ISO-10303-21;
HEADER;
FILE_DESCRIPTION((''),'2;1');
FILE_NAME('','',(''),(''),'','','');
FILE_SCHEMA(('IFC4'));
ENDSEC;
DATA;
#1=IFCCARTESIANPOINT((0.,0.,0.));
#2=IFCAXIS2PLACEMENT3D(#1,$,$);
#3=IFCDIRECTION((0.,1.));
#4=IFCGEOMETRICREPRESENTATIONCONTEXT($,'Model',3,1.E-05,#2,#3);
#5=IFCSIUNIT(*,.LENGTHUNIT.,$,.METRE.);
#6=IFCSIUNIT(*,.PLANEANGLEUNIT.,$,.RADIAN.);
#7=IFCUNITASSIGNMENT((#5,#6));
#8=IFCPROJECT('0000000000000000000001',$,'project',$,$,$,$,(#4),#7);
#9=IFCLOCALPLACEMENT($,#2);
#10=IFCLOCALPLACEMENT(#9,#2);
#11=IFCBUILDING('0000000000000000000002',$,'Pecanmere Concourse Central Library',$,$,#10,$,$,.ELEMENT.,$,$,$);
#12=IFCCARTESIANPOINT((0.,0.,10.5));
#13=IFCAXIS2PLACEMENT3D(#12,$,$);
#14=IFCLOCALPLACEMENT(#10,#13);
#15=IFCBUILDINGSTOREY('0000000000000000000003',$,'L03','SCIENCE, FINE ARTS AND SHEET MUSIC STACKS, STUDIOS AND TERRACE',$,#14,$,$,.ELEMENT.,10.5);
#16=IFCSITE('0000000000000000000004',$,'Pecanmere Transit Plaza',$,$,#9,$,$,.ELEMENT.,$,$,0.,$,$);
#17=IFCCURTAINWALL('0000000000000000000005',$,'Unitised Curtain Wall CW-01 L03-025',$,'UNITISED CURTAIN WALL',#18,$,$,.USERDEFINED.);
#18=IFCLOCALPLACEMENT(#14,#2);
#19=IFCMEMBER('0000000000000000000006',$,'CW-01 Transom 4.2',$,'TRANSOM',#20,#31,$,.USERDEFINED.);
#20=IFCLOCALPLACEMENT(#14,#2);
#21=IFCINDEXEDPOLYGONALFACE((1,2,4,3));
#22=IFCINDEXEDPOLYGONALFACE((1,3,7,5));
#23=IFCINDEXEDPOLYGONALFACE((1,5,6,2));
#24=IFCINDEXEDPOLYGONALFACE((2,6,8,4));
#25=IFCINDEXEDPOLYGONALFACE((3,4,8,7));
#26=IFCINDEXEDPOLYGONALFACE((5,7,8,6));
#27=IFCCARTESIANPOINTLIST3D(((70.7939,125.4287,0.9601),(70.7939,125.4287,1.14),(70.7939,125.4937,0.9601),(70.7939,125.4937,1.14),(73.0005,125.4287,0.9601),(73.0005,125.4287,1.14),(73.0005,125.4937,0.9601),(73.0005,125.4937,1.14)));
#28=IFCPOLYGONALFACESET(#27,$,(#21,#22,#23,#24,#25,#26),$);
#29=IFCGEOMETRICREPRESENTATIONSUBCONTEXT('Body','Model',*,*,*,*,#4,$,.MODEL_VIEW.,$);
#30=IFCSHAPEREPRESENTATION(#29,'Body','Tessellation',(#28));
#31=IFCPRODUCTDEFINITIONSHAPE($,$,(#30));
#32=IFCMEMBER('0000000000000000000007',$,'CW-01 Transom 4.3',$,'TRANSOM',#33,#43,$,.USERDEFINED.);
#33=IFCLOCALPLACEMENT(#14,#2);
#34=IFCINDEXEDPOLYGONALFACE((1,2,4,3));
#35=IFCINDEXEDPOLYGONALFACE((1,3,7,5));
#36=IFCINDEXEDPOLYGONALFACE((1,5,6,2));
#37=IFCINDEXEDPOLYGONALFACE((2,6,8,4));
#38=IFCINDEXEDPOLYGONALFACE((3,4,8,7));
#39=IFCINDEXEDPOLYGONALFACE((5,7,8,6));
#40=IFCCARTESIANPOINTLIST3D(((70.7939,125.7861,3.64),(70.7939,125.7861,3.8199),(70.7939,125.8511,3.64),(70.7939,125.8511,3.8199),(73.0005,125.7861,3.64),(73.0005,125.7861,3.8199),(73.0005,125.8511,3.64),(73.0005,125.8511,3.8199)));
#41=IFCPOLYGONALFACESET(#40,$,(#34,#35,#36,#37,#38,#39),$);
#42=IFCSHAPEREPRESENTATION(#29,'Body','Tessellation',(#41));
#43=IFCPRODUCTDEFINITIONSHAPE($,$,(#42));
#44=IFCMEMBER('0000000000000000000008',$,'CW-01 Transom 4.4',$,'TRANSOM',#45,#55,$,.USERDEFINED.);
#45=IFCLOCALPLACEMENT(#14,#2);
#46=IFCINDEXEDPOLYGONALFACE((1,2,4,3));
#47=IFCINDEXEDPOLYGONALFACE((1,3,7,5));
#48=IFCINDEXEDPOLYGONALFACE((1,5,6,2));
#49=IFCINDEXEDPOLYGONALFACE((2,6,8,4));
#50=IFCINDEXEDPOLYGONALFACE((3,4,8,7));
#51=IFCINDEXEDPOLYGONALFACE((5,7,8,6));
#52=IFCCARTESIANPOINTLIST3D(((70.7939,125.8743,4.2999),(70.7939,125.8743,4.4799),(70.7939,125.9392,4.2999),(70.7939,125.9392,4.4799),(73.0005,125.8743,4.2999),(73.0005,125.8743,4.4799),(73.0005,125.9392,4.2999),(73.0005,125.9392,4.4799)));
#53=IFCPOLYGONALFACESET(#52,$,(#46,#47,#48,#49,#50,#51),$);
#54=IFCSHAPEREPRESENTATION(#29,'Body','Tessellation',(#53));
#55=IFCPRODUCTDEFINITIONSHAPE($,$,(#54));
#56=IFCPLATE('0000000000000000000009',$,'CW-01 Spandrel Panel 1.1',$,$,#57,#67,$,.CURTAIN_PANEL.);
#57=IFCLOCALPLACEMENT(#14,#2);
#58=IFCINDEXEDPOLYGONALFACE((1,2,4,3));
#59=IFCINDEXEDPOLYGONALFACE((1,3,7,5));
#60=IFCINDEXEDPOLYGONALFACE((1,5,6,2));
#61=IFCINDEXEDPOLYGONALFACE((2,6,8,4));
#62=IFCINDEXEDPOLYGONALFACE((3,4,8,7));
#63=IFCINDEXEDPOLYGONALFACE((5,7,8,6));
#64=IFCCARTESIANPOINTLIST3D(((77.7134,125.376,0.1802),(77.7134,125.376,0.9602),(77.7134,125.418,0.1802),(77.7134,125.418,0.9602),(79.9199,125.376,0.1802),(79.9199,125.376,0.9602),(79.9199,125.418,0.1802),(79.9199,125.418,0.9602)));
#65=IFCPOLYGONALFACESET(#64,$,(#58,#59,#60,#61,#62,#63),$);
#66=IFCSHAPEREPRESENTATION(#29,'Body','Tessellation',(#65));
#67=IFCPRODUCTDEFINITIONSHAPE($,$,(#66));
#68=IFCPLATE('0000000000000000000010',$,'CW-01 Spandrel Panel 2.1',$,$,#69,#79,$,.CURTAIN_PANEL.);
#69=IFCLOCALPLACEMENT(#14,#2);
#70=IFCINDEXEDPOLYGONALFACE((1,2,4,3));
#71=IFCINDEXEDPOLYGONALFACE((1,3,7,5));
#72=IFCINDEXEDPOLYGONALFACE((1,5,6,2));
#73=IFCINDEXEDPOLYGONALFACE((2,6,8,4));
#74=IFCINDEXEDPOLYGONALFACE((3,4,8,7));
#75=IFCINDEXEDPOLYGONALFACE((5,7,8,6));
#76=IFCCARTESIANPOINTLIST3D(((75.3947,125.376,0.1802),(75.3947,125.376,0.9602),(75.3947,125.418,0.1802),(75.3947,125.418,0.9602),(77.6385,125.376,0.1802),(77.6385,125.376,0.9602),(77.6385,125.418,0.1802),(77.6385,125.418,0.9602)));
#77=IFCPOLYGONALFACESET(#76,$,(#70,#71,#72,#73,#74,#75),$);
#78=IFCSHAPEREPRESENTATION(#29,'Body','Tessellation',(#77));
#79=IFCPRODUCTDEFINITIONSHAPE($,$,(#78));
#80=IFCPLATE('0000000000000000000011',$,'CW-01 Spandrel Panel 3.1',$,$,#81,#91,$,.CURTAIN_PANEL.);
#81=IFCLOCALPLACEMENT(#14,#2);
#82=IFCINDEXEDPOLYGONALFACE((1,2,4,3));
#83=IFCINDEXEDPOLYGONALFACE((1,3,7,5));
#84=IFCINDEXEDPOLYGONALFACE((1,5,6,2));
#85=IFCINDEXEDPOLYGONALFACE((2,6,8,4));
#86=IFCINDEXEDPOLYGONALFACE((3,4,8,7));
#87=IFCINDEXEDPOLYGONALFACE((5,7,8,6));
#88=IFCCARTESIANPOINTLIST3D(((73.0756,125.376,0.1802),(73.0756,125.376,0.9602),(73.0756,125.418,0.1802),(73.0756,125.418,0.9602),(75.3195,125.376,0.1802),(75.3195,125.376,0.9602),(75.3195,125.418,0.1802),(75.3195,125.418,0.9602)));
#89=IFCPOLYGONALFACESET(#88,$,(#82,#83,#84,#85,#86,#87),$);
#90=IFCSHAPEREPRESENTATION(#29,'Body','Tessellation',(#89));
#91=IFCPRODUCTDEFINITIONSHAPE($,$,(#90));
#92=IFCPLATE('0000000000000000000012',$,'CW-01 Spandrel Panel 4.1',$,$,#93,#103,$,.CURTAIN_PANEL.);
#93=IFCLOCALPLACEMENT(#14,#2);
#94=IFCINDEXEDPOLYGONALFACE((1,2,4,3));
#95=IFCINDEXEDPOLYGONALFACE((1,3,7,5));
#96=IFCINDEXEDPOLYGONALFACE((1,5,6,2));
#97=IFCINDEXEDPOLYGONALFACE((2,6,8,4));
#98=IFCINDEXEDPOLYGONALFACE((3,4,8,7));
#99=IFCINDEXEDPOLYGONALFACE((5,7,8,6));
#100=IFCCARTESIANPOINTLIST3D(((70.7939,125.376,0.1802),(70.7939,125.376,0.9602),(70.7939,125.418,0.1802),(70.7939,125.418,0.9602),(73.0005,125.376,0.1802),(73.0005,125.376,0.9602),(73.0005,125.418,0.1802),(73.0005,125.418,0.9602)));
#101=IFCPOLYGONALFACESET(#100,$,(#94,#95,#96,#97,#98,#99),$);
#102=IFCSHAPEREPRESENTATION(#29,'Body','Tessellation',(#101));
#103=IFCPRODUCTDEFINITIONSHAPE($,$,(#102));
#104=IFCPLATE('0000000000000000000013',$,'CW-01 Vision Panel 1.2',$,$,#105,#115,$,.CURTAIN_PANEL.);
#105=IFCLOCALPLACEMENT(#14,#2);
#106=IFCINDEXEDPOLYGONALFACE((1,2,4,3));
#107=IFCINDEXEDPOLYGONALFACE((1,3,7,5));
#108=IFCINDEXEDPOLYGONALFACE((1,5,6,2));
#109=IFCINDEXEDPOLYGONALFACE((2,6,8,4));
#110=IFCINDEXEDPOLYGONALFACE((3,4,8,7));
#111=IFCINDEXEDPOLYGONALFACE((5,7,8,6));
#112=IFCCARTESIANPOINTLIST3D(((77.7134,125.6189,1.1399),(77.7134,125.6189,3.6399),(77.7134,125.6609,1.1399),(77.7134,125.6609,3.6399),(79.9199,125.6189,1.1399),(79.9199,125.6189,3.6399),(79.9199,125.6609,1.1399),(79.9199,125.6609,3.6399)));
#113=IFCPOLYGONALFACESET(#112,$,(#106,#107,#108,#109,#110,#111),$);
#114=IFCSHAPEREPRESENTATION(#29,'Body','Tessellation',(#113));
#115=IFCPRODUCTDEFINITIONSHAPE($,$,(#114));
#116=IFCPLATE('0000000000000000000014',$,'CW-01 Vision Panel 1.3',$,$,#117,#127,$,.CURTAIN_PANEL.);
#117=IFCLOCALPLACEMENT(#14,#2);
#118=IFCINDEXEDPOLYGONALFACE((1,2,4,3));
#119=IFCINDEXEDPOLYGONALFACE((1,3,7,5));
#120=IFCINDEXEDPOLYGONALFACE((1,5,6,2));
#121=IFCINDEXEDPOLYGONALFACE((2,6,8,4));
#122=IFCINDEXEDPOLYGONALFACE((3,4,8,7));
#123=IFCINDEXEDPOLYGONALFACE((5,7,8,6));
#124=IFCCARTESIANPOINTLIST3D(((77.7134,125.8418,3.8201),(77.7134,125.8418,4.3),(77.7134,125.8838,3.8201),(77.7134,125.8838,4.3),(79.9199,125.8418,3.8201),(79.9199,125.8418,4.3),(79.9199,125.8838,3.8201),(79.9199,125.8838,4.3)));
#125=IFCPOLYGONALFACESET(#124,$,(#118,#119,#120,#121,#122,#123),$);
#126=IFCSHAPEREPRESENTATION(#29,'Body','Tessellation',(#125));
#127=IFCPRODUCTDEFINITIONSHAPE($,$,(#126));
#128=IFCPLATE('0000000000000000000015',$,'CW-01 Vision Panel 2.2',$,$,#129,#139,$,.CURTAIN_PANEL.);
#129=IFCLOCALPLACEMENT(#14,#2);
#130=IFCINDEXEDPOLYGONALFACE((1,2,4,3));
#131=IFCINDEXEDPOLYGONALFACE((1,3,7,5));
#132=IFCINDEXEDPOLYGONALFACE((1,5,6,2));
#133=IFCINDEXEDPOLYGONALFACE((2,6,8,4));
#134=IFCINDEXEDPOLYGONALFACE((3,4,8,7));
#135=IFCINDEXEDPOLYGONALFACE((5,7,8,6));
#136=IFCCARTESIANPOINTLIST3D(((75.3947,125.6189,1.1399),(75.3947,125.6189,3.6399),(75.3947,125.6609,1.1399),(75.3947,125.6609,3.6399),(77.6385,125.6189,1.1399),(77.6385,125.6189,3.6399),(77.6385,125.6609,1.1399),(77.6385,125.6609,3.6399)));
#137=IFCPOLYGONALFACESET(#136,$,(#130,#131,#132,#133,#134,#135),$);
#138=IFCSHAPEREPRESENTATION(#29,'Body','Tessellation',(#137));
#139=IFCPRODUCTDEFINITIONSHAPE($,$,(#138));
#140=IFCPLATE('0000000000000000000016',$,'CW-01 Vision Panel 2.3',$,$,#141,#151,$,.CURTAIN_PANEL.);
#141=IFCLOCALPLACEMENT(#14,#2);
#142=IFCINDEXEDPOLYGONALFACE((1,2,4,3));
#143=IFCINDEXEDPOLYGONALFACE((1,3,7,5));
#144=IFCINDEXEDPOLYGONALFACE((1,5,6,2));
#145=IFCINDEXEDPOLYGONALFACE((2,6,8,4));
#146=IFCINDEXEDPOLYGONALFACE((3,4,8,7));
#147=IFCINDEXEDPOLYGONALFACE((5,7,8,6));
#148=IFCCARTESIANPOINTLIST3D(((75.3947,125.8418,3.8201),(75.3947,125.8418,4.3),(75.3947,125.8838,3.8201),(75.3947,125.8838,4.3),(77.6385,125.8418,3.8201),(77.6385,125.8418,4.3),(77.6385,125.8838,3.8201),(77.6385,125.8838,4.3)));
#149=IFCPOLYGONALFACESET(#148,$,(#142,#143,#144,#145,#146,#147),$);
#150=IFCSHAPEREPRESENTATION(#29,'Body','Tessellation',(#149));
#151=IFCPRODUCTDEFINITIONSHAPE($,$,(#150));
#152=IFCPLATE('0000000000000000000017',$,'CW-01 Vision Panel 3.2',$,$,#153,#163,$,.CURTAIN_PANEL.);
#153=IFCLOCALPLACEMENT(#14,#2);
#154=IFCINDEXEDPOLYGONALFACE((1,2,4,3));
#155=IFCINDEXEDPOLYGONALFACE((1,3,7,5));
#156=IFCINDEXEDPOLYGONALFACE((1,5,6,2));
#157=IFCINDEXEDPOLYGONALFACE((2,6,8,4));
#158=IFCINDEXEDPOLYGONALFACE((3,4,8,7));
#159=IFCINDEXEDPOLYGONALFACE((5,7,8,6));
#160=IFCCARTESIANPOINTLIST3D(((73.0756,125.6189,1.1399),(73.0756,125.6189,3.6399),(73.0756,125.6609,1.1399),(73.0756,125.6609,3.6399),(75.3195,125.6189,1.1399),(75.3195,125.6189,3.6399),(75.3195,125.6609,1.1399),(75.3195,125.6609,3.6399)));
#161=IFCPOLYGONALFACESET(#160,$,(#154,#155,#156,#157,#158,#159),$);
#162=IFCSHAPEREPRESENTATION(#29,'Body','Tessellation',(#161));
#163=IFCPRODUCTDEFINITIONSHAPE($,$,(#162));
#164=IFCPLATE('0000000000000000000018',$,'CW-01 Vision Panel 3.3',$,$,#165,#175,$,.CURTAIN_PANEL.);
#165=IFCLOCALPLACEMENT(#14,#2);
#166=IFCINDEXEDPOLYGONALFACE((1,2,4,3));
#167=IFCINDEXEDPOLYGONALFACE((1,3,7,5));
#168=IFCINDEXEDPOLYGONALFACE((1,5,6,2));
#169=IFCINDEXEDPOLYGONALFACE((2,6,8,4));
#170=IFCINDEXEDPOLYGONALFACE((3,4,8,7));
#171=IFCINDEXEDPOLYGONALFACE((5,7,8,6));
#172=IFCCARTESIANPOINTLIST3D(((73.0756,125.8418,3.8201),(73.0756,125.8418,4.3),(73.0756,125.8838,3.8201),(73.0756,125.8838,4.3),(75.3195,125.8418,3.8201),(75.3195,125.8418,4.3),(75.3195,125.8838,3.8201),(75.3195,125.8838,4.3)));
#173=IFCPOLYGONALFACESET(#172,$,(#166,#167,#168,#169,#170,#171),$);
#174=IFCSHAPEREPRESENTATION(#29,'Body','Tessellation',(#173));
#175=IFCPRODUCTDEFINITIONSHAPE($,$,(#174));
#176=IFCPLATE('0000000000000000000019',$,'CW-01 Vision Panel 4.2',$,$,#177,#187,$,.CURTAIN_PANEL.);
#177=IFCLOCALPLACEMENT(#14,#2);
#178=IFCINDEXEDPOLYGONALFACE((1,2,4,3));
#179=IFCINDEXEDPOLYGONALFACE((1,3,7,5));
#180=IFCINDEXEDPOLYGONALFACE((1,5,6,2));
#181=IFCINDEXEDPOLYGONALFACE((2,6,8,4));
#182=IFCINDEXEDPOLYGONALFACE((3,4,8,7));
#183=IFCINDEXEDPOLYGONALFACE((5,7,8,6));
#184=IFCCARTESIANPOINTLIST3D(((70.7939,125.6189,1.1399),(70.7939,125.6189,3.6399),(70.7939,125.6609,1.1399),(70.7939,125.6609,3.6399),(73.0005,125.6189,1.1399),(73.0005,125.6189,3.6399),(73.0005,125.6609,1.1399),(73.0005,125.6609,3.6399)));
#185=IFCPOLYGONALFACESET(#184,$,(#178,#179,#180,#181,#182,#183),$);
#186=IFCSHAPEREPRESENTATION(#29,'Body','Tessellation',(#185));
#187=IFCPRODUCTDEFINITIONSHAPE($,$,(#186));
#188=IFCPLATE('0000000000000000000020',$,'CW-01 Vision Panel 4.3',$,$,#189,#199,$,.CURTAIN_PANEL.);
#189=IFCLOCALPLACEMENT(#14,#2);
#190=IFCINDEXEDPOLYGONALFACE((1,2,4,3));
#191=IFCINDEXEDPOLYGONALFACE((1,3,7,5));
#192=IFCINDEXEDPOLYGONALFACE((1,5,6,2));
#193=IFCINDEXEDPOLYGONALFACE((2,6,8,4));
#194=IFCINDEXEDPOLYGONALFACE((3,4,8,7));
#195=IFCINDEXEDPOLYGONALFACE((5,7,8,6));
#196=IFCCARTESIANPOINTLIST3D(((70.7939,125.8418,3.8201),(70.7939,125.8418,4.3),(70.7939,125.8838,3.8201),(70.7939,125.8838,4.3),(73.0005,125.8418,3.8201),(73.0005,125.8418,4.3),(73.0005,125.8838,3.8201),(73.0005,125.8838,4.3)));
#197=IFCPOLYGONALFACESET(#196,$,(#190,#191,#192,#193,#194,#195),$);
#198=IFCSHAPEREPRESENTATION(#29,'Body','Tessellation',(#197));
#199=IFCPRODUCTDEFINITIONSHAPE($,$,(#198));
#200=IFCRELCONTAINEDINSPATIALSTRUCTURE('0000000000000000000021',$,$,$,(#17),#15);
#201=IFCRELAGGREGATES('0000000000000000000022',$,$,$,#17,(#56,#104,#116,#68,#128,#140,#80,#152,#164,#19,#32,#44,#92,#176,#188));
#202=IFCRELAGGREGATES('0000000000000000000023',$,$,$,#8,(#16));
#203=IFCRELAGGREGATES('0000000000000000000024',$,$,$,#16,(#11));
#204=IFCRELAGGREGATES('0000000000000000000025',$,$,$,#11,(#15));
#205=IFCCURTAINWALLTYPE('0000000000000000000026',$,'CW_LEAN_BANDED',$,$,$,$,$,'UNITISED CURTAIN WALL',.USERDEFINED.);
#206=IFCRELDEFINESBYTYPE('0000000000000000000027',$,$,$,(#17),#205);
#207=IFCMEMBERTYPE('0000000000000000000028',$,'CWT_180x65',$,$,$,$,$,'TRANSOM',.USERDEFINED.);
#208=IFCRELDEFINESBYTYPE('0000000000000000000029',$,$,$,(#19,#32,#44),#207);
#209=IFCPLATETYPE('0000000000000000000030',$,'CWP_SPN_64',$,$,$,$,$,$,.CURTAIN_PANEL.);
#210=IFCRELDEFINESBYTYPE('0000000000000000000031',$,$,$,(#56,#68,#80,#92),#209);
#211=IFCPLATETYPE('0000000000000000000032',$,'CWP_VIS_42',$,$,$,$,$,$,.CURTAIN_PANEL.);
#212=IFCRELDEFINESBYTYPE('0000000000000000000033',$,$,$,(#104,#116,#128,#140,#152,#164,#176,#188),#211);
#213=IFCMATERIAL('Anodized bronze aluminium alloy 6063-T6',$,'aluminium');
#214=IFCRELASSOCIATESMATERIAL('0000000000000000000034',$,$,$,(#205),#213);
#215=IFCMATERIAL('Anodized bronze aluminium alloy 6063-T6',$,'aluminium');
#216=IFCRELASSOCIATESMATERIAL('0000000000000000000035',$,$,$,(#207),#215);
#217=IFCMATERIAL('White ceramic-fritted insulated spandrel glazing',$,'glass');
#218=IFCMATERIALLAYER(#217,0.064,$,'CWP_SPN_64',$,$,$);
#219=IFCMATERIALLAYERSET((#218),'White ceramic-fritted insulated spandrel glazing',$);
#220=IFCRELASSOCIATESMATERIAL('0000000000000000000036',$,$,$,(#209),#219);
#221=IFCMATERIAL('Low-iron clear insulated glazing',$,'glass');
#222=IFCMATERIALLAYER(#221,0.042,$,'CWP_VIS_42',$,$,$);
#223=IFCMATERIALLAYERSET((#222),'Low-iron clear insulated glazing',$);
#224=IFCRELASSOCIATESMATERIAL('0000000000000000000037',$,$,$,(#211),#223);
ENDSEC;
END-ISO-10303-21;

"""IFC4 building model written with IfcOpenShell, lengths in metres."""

from ifc_helpers import new_model, si_unit, direction, frame, origin, origin_2d, place, context, subcontext, project, spatial, rectangle, extrude, material, layer, layer_set, material_profile, profile_set, type_object, element, aggregate, save


model = new_model("IFC4")

# Units and contexts
model_context = context("Model", 3, precision=1e-05, world=origin(), true_north=direction((0.0, 1.0)))
body_context = subcontext(model_context, "Body", "Model", "MODEL_VIEW")
ifc_project = project(units=[si_unit("LENGTHUNIT", "METRE"), si_unit("PLANEANGLEUNIT", "RADIAN")], contexts=[model_context])

# Site, building, storey
site_placement = place(None, origin())
site = spatial("IfcSite", under=ifc_project, at=site_placement, Name="Pecanmere Transit Plaza", CompositionType="ELEMENT", RefElevation=0.0)
building_placement = place(site_placement, origin())
building = spatial("IfcBuilding", under=site, at=building_placement, Name="Pecanmere Concourse Central Library", CompositionType="ELEMENT")
storey_placement = place(building_placement, frame((0.0, 0.0, 10.5)))
storey = spatial("IfcBuildingStorey", under=building, at=storey_placement, Name="L03", Description="SCIENCE, FINE ARTS AND SHEET MUSIC STACKS, STUDIOS AND TERRACE", CompositionType="ELEMENT", Elevation=10.5)

# Curtain wall, members, plates
ifc_material_1 = material(Name="Anodized bronze aluminium alloy 6063-T6", Category="aluminium")
curtain_wall_type = type_object("IfcCurtainWallType", Name="CW_LEAN_BANDED", ElementType="UNITISED CURTAIN WALL", PredefinedType="USERDEFINED", material=ifc_material_1)
curtain_wall_placement = place(storey_placement, origin())
curtain_wall = element("IfcCurtainWall", 1, at=curtain_wall_placement, inside=storey, type_object=curtain_wall_type, Name="Unitised Curtain Wall CW-01 L03-025", ObjectType="UNITISED CURTAIN WALL", PredefinedType="USERDEFINED")
ifc_material_2 = material(Name="Anodized bronze aluminium alloy 6063-T6", Category="aluminium")
ifc_material_profile_1 = material_profile(ifc_material_2, rectangle(XDim=0.0649, YDim=0.1799, at=origin_2d()), Name="AL 65x180")
ifc_profile_set_1 = profile_set([ifc_material_profile_1], Name="Anodized bronze aluminium alloy 6063-T6")
member_type_1 = type_object("IfcMemberType", Name="CWT_180x65", ElementType="TRANSOM", PredefinedType="USERDEFINED", material=ifc_profile_set_1)
member_1_placement = place(storey_placement, frame((73.0005, 125.4612, 1.05), z_axis=(-1.0, 0.0, 0.0), x_axis=(0.0, -1.0, 0.0)))
member_1 = element("IfcMember", 2, at=member_1_placement, type_object=member_type_1, Name="CW-01 Transom 4.2", ObjectType="TRANSOM", PredefinedType="USERDEFINED", context=body_context, shape_type="SweptSolid", body=[
    extrude(rectangle(XDim=0.0649, YDim=0.1799, at=origin_2d()), origin(), (0.0, 0.0, 1.0), 2.2065),
])
member_2_placement = place(storey_placement, frame((73.0005, 125.8186, 3.73), z_axis=(-1.0, 0.0, 0.0), x_axis=(0.0, -1.0, 0.0)))
member_2 = element("IfcMember", 3, at=member_2_placement, type_object=member_type_1, Name="CW-01 Transom 4.3", ObjectType="TRANSOM", PredefinedType="USERDEFINED", context=body_context, shape_type="SweptSolid", body=[
    extrude(rectangle(XDim=0.0649, YDim=0.1799, at=origin_2d()), origin(), (0.0, 0.0, 1.0), 2.2065),
])
member_3_placement = place(storey_placement, frame((73.0005, 125.9067, 4.3899), z_axis=(-1.0, 0.0, 0.0), x_axis=(0.0, -1.0, 0.0)))
member_3 = element("IfcMember", 4, at=member_3_placement, type_object=member_type_1, Name="CW-01 Transom 4.4", ObjectType="TRANSOM", PredefinedType="USERDEFINED", context=body_context, shape_type="SweptSolid", body=[
    extrude(rectangle(XDim=0.0649, YDim=0.1799, at=origin_2d()), origin(), (0.0, 0.0, 1.0), 2.2065),
])
ifc_material_3 = material(Name="White ceramic-fritted insulated spandrel glazing", Category="glass")
ifc_layer_1 = layer(ifc_material_3, 0.064, Name="CWP_SPN_64")
ifc_layer_set_1 = layer_set([ifc_layer_1], Name="White ceramic-fritted insulated spandrel glazing")
plate_type_1 = type_object("IfcPlateType", Name="CWP_SPN_64", PredefinedType="CURTAIN_PANEL", material=ifc_layer_set_1)
plate_1_placement = place(storey_placement, frame((78.8167, 125.397, 0.1802), z_axis=(0.0, 0.0, 1.0), x_axis=(-1.0, 0.0, 0.0)))
plate_1 = element("IfcPlate", 5, at=plate_1_placement, type_object=plate_type_1, Name="CW-01 Spandrel Panel 1.1", PredefinedType="CURTAIN_PANEL", context=body_context, shape_type="SweptSolid", body=[
    extrude(rectangle(XDim=2.2065, YDim=0.042, at=origin_2d()), origin(), (0.0, 0.0, 1.0), 0.78),
])
plate_2_placement = place(storey_placement, frame((76.5166, 125.397, 0.1802), z_axis=(0.0, 0.0, 1.0), x_axis=(-1.0, 0.0, 0.0)))
plate_2 = element("IfcPlate", 6, at=plate_2_placement, type_object=plate_type_1, Name="CW-01 Spandrel Panel 2.1", PredefinedType="CURTAIN_PANEL", context=body_context, shape_type="SweptSolid", body=[
    extrude(rectangle(XDim=2.2439, YDim=0.042, at=origin_2d()), origin(), (0.0, 0.0, 1.0), 0.78),
])
plate_3_placement = place(storey_placement, frame((74.1975, 125.397, 0.1802), z_axis=(0.0, 0.0, 1.0), x_axis=(-1.0, 0.0, 0.0)))
plate_3 = element("IfcPlate", 7, at=plate_3_placement, type_object=plate_type_1, Name="CW-01 Spandrel Panel 3.1", PredefinedType="CURTAIN_PANEL", context=body_context, shape_type="SweptSolid", body=[
    extrude(rectangle(XDim=2.2439, YDim=0.042, at=origin_2d()), origin(), (0.0, 0.0, 1.0), 0.78),
])
plate_4_placement = place(storey_placement, frame((71.8972, 125.397, 0.1802), z_axis=(0.0, 0.0, 1.0), x_axis=(-1.0, 0.0, 0.0)))
plate_4 = element("IfcPlate", 8, at=plate_4_placement, type_object=plate_type_1, Name="CW-01 Spandrel Panel 4.1", PredefinedType="CURTAIN_PANEL", context=body_context, shape_type="SweptSolid", body=[
    extrude(rectangle(XDim=2.2065, YDim=0.042, at=origin_2d()), origin(), (0.0, 0.0, 1.0), 0.78),
])
ifc_material_4 = material(Name="Low-iron clear insulated glazing", Category="glass")
ifc_layer_2 = layer(ifc_material_4, 0.042, Name="CWP_VIS_42")
ifc_layer_set_2 = layer_set([ifc_layer_2], Name="Low-iron clear insulated glazing")
plate_type_2 = type_object("IfcPlateType", Name="CWP_VIS_42", PredefinedType="CURTAIN_PANEL", material=ifc_layer_set_2)
plate_5_placement = place(storey_placement, frame((78.8167, 125.6399, 1.1399), z_axis=(0.0, 0.0, 1.0), x_axis=(-1.0, 0.0, 0.0)))
plate_5 = element("IfcPlate", 9, at=plate_5_placement, type_object=plate_type_2, Name="CW-01 Vision Panel 1.2", PredefinedType="CURTAIN_PANEL", context=body_context, shape_type="SweptSolid", body=[
    extrude(rectangle(XDim=2.2065, YDim=0.042, at=origin_2d()), origin(), (0.0, 0.0, 1.0), 2.5),
])
plate_6_placement = place(storey_placement, frame((78.8167, 125.8628, 3.8201), z_axis=(0.0, 0.0, 1.0), x_axis=(-1.0, 0.0, 0.0)))
plate_6 = element("IfcPlate", 10, at=plate_6_placement, type_object=plate_type_2, Name="CW-01 Vision Panel 1.3", PredefinedType="CURTAIN_PANEL", context=body_context, shape_type="SweptSolid", body=[
    extrude(rectangle(XDim=2.2065, YDim=0.042, at=origin_2d()), origin(), (0.0, 0.0, 1.0), 0.48),
])
plate_7_placement = place(storey_placement, frame((76.5166, 125.6399, 1.1399), z_axis=(0.0, 0.0, 1.0), x_axis=(-1.0, 0.0, 0.0)))
plate_7 = element("IfcPlate", 11, at=plate_7_placement, type_object=plate_type_2, Name="CW-01 Vision Panel 2.2", PredefinedType="CURTAIN_PANEL", context=body_context, shape_type="SweptSolid", body=[
    extrude(rectangle(XDim=2.2439, YDim=0.042, at=origin_2d()), origin(), (0.0, 0.0, 1.0), 2.5),
])
plate_8_placement = place(storey_placement, frame((76.5166, 125.8628, 3.8201), z_axis=(0.0, 0.0, 1.0), x_axis=(-1.0, 0.0, 0.0)))
plate_8 = element("IfcPlate", 12, at=plate_8_placement, type_object=plate_type_2, Name="CW-01 Vision Panel 2.3", PredefinedType="CURTAIN_PANEL", context=body_context, shape_type="SweptSolid", body=[
    extrude(rectangle(XDim=2.2439, YDim=0.042, at=origin_2d()), origin(), (0.0, 0.0, 1.0), 0.48),
])
plate_9_placement = place(storey_placement, frame((74.1975, 125.6399, 1.1399), z_axis=(0.0, 0.0, 1.0), x_axis=(-1.0, 0.0, 0.0)))
plate_9 = element("IfcPlate", 13, at=plate_9_placement, type_object=plate_type_2, Name="CW-01 Vision Panel 3.2", PredefinedType="CURTAIN_PANEL", context=body_context, shape_type="SweptSolid", body=[
    extrude(rectangle(XDim=2.2439, YDim=0.042, at=origin_2d()), origin(), (0.0, 0.0, 1.0), 2.5),
])
plate_10_placement = place(storey_placement, frame((74.1975, 125.8628, 3.8201), z_axis=(0.0, 0.0, 1.0), x_axis=(-1.0, 0.0, 0.0)))
plate_10 = element("IfcPlate", 14, at=plate_10_placement, type_object=plate_type_2, Name="CW-01 Vision Panel 3.3", PredefinedType="CURTAIN_PANEL", context=body_context, shape_type="SweptSolid", body=[
    extrude(rectangle(XDim=2.2439, YDim=0.042, at=origin_2d()), origin(), (0.0, 0.0, 1.0), 0.48),
])
plate_11_placement = place(storey_placement, frame((71.8972, 125.6399, 1.1399), z_axis=(0.0, 0.0, 1.0), x_axis=(-1.0, 0.0, 0.0)))
plate_11 = element("IfcPlate", 15, at=plate_11_placement, type_object=plate_type_2, Name="CW-01 Vision Panel 4.2", PredefinedType="CURTAIN_PANEL", context=body_context, shape_type="SweptSolid", body=[
    extrude(rectangle(XDim=2.2065, YDim=0.042, at=origin_2d()), origin(), (0.0, 0.0, 1.0), 2.5),
])
plate_12_placement = place(storey_placement, frame((71.8972, 125.8628, 3.8201), z_axis=(0.0, 0.0, 1.0), x_axis=(-1.0, 0.0, 0.0)))
plate_12 = element("IfcPlate", 16, at=plate_12_placement, type_object=plate_type_2, Name="CW-01 Vision Panel 4.3", PredefinedType="CURTAIN_PANEL", context=body_context, shape_type="SweptSolid", body=[
    extrude(rectangle(XDim=2.2065, YDim=0.042, at=origin_2d()), origin(), (0.0, 0.0, 1.0), 0.48),
])
aggregate(curtain_wall, [plate_1, plate_5, plate_6, plate_2, plate_7, plate_8, plate_3, plate_9, plate_10, member_1, member_2, member_3, plate_4, plate_11, plate_12])

save(model, "model.ifc")
